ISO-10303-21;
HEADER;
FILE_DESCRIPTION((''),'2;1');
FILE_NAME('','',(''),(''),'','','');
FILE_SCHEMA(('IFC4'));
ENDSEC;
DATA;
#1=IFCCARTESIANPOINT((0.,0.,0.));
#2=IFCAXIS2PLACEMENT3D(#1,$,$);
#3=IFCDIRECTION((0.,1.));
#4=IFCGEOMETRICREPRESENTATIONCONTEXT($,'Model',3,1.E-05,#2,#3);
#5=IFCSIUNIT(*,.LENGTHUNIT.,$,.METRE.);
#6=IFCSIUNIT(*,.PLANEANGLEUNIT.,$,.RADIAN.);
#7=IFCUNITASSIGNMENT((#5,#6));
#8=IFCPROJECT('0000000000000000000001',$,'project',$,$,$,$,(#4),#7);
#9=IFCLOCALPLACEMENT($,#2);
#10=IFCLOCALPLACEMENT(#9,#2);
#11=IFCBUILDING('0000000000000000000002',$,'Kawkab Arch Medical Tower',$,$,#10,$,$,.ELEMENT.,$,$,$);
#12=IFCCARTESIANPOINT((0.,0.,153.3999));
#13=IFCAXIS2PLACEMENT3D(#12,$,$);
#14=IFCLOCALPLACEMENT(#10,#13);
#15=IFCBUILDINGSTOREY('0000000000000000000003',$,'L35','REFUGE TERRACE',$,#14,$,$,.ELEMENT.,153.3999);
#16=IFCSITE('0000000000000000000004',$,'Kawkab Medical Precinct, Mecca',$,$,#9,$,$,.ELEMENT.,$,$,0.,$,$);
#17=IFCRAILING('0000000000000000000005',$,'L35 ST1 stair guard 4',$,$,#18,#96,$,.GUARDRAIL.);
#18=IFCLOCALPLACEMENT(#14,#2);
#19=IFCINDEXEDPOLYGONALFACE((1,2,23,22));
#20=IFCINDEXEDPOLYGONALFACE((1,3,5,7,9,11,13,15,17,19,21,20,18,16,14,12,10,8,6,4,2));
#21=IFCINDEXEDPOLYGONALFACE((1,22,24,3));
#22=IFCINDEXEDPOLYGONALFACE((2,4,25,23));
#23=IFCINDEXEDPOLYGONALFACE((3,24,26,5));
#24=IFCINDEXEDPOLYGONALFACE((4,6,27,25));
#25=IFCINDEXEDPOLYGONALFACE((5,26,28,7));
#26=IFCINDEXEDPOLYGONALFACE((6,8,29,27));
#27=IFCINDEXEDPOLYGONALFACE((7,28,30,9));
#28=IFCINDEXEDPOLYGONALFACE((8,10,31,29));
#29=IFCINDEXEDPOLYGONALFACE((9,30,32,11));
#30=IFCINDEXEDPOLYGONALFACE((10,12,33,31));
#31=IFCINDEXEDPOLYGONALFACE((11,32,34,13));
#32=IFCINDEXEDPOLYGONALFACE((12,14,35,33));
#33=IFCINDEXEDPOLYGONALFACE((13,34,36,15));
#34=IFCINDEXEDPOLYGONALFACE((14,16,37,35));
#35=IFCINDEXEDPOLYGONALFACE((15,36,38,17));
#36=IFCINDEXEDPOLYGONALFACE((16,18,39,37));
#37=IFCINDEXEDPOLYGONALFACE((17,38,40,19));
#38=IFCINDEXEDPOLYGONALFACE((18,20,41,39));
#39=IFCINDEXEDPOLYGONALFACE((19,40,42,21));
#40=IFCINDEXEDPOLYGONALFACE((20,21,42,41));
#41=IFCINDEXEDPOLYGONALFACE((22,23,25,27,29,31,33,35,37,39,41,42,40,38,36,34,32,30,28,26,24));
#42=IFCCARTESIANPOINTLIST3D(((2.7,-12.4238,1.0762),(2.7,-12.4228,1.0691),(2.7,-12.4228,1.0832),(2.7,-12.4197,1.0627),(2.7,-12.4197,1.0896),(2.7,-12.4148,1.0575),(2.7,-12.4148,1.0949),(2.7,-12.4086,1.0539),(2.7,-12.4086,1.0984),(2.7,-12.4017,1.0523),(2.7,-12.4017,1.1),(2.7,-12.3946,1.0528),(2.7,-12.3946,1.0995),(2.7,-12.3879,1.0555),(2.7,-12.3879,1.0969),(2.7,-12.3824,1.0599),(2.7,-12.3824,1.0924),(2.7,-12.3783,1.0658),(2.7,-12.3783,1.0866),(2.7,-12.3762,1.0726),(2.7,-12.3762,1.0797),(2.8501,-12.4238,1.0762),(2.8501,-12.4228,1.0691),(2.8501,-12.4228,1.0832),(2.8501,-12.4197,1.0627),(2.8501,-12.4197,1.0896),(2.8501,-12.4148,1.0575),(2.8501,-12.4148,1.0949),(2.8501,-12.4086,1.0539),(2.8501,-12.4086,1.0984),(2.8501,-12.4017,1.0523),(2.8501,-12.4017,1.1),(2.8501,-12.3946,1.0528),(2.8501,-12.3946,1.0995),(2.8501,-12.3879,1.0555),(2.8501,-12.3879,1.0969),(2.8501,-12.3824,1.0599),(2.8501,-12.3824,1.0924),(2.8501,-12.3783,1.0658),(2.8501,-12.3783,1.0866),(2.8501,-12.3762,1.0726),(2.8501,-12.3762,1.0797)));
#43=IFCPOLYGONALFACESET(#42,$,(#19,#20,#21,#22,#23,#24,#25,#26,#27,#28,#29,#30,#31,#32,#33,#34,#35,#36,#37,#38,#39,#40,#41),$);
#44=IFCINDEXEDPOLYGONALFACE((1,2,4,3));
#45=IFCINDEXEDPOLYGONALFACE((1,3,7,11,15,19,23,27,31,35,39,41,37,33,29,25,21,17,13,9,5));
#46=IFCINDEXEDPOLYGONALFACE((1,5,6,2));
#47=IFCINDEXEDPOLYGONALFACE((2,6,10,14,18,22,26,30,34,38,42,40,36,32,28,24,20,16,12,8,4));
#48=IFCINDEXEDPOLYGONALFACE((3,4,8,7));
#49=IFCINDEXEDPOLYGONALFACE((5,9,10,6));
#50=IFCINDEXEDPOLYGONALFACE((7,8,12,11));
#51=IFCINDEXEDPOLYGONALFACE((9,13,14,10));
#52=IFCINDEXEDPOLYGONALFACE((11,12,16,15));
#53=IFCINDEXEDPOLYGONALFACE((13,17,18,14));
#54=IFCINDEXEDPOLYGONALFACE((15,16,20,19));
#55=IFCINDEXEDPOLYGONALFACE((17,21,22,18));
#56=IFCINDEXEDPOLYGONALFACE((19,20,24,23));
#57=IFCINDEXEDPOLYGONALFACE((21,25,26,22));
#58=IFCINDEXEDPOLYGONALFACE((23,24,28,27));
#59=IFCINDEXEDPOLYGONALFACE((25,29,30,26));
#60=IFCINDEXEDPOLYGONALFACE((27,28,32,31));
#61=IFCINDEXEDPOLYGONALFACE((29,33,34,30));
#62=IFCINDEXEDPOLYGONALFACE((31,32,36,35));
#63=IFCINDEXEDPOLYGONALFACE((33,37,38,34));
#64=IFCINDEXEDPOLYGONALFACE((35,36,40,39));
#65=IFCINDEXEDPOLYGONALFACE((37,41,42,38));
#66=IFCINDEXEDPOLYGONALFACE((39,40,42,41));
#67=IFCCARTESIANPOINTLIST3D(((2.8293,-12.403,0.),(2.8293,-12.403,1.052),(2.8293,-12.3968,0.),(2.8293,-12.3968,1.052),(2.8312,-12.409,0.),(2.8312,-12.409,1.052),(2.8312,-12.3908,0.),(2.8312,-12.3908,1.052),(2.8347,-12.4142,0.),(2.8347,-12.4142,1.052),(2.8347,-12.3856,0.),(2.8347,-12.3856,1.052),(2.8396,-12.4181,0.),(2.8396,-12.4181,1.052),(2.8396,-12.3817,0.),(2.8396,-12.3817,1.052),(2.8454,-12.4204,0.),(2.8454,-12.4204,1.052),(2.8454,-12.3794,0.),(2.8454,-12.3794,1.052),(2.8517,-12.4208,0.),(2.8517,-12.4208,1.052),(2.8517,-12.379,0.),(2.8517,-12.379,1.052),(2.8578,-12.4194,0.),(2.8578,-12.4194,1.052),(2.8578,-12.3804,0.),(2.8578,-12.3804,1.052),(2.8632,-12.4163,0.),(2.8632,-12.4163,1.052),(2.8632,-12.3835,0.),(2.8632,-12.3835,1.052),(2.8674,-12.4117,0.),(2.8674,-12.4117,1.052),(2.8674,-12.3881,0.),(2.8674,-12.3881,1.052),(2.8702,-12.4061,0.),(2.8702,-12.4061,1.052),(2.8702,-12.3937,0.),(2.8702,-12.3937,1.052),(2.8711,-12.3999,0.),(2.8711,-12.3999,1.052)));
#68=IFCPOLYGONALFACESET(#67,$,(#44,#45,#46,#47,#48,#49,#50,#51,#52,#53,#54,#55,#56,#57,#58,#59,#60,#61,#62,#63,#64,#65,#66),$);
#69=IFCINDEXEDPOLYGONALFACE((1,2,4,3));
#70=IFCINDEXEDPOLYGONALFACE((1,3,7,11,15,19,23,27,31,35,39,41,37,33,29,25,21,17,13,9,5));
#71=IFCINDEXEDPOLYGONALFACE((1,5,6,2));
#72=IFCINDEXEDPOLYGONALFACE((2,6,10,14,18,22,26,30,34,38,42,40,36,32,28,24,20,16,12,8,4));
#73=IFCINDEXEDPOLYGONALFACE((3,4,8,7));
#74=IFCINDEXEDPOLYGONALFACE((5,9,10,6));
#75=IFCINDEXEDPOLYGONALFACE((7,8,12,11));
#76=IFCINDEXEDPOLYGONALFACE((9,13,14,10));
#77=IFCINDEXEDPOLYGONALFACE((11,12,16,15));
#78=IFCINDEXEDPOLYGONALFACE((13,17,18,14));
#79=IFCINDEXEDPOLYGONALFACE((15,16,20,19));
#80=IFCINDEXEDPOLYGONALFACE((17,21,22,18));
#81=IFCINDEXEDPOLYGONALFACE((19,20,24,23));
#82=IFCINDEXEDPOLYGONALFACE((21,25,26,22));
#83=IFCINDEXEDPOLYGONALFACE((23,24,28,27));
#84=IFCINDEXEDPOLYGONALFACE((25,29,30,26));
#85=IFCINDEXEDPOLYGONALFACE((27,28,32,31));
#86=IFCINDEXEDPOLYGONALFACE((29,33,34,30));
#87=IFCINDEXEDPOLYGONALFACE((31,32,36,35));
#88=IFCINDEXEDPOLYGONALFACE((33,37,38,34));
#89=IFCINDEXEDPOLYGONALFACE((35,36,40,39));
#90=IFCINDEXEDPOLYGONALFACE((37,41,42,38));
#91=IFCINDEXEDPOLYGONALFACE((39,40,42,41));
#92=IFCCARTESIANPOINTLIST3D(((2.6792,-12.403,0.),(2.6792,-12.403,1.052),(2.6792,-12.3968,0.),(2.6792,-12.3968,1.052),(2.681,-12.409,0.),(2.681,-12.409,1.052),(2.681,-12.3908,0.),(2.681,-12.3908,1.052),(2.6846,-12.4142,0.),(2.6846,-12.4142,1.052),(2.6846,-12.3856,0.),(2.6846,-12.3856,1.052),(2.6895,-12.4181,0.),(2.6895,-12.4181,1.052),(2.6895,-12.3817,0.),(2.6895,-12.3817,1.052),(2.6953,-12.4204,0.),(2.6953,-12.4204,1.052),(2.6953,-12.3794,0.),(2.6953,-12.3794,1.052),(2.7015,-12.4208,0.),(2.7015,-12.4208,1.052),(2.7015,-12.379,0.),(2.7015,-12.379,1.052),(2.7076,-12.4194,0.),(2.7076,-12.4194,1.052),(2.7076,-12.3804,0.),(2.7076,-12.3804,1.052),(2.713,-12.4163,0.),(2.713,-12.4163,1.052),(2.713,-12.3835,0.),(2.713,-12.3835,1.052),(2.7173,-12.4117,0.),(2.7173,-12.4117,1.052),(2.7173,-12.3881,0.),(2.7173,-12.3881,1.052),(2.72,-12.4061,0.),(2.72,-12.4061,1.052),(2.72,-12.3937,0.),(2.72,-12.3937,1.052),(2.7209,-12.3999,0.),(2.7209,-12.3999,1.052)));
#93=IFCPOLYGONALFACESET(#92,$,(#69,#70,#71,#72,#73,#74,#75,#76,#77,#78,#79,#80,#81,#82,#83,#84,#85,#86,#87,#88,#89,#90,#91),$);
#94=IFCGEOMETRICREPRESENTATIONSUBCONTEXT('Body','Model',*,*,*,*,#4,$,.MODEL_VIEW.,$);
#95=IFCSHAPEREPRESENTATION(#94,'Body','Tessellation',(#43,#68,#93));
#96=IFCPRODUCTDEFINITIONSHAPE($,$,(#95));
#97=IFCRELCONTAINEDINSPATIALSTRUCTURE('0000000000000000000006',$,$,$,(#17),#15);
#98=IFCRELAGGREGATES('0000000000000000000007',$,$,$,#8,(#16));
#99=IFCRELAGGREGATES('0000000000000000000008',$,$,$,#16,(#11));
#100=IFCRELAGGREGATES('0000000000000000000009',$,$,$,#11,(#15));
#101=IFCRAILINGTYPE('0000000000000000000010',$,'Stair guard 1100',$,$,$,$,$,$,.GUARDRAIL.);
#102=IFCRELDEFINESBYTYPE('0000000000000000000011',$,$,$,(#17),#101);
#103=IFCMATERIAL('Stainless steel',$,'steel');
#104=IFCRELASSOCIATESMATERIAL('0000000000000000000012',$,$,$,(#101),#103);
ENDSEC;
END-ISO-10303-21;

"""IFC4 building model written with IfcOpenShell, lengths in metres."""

from ifc_helpers import new_model, si_unit, direction, frame, origin, origin_2d, place, context, subcontext, project, spatial, circle, extrude, material, type_object, element, save


model = new_model("IFC4")

# Units and contexts
model_context = context("Model", 3, precision=1e-05, world=origin(), true_north=direction((0.0, 1.0)))
body_context = subcontext(model_context, "Body", "Model", "MODEL_VIEW")
ifc_project = project(units=[si_unit("LENGTHUNIT", "METRE"), si_unit("PLANEANGLEUNIT", "RADIAN")], contexts=[model_context])

# Site, building, storey
site_placement = place(None, origin())
site = spatial("IfcSite", under=ifc_project, at=site_placement, Name="Kawkab Medical Precinct, Mecca", CompositionType="ELEMENT", RefElevation=0.0)
building_placement = place(site_placement, origin())
building = spatial("IfcBuilding", under=site, at=building_placement, Name="Kawkab Arch Medical Tower", CompositionType="ELEMENT")
storey_placement = place(building_placement, frame((0.0, 0.0, 153.3999)))
storey = spatial("IfcBuildingStorey", under=building, at=storey_placement, Name="L35", Description="REFUGE TERRACE", CompositionType="ELEMENT", Elevation=153.3999)

# Railing
ifc_material_1 = material(Name="Stainless steel", Category="steel")
railing_type_1 = type_object("IfcRailingType", Name="Stair guard 1100", PredefinedType="GUARDRAIL", material=ifc_material_1)
railing_1_placement = place(storey_placement, frame((2.8501, -12.3999, 0.0)))
element("IfcRailing", 1, at=railing_1_placement, inside=storey, type_object=railing_type_1, Name="L35 ST1 stair guard 4", PredefinedType="GUARDRAIL", context=body_context, shape_type="SweptSolid", body=[
    extrude(circle(Radius=0.0239, at=origin_2d()), frame((0.0, 0.0, 1.0762), z_axis=(-1.0, 0.0, 0.0), x_axis=(0.0, -1.0, 0.0)), (0.0, 0.0, 1.0), 0.1501),
    extrude(circle(Radius=0.021, at=origin_2d()), origin(), (0.0, 0.0, 1.0), 1.052),
    extrude(circle(Radius=0.021, at=origin_2d()), frame((-0.1501, 0.0, 0.0)), (0.0, 0.0, 1.0), 1.052),
])

save(model, "model.ifc")
